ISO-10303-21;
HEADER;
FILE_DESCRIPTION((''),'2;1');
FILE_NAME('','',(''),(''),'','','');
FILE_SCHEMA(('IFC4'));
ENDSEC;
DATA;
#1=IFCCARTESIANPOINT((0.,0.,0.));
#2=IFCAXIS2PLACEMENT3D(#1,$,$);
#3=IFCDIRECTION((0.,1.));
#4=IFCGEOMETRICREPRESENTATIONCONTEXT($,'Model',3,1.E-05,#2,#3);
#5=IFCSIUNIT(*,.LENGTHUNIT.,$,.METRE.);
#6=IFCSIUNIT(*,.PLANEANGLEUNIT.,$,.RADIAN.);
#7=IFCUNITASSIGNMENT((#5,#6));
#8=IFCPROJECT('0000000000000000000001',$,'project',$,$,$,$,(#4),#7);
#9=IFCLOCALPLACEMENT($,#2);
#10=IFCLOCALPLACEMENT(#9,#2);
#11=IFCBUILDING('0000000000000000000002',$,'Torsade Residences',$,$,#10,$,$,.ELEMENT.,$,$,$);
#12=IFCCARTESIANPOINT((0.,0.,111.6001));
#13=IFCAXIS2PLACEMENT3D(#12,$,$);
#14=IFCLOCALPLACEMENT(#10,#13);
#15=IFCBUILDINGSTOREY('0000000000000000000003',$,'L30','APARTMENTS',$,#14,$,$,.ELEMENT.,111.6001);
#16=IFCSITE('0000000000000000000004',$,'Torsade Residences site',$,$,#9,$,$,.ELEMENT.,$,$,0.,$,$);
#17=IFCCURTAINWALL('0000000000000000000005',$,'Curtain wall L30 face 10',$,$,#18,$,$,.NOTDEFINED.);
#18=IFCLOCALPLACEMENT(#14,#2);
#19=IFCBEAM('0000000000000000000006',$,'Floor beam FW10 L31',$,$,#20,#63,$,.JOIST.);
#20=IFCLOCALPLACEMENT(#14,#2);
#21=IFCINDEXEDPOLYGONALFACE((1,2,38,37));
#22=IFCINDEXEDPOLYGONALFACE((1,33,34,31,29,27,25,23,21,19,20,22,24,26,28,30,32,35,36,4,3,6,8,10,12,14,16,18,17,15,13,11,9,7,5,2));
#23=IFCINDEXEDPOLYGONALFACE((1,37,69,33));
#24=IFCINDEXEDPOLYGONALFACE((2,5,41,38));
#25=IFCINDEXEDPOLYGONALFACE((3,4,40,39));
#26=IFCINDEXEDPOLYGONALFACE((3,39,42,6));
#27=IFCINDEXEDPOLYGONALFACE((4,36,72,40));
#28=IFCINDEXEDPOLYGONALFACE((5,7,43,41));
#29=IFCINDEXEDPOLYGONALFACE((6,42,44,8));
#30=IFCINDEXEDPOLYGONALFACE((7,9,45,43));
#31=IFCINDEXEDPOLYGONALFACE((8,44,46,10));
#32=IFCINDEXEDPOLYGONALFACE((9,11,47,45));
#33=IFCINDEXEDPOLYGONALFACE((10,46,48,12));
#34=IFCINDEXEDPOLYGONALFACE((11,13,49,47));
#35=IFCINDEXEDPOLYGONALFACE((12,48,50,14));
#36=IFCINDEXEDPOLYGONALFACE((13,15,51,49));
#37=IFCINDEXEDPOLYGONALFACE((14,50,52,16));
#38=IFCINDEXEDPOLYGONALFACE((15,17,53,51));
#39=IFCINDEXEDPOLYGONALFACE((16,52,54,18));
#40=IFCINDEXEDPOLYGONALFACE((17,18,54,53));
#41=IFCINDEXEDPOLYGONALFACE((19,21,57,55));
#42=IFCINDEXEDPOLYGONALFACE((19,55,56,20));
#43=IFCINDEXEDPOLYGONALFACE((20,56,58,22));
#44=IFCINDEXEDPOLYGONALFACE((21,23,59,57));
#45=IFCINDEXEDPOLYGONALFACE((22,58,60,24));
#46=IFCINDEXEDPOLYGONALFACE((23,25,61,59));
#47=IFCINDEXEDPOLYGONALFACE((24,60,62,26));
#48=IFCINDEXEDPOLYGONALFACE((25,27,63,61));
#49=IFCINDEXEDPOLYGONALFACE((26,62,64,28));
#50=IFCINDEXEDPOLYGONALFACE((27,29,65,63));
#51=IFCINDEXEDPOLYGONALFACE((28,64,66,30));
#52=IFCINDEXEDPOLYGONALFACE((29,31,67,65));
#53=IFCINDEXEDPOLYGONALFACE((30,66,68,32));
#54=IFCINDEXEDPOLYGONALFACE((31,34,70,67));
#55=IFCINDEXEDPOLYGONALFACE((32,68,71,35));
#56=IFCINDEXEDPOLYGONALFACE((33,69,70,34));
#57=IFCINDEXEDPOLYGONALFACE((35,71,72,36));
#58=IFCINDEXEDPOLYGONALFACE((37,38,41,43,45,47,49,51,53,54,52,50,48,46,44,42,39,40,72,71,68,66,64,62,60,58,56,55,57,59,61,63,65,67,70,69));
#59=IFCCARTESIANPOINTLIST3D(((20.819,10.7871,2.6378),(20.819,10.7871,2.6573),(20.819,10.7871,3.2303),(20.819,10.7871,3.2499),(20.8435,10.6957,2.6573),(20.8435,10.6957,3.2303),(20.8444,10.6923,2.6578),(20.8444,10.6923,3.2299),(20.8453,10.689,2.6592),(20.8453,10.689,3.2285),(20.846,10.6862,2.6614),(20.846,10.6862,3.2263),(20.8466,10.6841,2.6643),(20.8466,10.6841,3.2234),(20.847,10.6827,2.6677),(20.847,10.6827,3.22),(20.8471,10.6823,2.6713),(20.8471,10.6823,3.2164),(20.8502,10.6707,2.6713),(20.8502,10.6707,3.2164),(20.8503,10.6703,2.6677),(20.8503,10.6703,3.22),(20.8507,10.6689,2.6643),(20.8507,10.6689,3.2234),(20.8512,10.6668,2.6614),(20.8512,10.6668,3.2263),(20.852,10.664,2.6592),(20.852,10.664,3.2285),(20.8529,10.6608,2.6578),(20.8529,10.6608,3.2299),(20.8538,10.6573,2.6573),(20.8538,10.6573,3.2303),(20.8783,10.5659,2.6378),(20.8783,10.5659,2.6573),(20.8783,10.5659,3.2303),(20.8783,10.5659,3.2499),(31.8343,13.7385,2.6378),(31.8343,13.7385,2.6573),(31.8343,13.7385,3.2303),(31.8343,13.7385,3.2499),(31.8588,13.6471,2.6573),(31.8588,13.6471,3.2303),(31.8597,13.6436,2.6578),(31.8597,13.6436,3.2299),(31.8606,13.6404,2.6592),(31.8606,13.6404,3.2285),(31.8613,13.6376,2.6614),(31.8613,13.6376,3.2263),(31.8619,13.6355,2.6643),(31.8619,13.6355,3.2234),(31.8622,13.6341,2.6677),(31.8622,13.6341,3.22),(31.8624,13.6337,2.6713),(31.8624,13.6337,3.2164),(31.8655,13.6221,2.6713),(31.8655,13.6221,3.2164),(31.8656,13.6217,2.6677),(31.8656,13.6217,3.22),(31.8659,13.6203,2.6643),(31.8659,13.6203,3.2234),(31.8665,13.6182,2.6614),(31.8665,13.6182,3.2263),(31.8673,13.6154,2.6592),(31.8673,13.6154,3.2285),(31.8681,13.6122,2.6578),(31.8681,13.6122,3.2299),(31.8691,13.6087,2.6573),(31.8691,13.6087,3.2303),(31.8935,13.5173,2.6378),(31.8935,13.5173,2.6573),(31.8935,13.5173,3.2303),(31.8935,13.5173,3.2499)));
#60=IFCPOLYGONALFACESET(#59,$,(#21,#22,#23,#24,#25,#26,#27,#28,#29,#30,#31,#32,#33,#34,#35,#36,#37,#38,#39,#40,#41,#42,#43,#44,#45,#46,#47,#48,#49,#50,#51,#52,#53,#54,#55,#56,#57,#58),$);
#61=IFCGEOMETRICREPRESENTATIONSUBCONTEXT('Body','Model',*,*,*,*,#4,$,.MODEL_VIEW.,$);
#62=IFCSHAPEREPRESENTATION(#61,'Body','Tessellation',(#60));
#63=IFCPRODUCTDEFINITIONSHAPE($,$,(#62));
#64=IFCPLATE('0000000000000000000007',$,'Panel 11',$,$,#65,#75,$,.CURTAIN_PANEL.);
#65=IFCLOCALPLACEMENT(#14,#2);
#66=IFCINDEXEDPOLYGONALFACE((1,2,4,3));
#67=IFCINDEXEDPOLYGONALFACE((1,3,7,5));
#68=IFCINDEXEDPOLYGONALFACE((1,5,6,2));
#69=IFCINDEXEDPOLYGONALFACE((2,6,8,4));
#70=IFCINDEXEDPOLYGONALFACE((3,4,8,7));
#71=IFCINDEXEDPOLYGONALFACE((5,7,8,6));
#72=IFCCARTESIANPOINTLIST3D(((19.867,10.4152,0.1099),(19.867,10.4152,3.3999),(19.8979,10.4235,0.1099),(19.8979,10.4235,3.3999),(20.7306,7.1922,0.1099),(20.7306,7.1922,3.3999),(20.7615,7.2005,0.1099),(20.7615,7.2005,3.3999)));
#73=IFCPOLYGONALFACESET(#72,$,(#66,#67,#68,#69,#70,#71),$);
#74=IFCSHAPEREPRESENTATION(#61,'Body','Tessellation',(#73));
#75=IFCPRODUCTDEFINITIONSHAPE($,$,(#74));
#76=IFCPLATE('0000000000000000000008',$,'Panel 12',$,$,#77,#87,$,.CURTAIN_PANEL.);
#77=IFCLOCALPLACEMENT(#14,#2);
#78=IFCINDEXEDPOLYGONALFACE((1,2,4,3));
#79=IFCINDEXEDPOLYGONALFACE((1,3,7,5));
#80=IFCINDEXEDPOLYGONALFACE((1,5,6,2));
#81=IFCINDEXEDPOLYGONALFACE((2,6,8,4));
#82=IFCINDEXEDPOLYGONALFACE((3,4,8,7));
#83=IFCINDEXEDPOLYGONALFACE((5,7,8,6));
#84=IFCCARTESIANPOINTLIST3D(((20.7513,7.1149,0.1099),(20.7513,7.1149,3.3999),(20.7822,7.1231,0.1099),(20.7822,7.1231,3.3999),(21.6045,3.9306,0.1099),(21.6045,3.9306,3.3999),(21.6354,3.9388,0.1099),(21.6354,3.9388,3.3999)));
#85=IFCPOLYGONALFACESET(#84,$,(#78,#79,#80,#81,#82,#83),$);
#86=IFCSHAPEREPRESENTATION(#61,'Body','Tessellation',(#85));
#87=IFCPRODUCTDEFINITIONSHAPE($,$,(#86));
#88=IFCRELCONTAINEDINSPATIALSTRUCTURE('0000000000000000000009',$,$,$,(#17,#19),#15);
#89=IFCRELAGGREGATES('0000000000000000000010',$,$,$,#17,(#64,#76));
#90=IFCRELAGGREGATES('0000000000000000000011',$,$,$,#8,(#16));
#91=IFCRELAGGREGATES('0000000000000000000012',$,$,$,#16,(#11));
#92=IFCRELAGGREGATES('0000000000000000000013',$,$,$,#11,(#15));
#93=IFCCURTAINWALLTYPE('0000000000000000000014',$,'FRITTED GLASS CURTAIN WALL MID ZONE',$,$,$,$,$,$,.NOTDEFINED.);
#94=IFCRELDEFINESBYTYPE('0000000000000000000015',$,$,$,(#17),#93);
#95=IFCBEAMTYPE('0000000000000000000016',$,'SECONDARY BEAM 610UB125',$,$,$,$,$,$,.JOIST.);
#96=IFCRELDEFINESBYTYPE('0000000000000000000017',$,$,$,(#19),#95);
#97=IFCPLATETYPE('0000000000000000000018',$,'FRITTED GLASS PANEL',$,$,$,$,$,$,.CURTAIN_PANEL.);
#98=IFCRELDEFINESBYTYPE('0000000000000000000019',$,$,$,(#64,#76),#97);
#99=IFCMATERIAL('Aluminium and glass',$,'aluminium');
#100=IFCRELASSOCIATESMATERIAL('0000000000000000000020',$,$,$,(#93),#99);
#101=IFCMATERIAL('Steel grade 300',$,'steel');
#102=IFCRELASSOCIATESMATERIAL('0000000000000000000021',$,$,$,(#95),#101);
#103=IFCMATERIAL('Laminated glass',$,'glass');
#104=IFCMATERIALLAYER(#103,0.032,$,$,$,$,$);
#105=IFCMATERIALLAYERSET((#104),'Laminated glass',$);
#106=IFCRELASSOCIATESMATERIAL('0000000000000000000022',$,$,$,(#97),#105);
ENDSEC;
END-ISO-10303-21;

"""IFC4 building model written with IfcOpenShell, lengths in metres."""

from ifc_helpers import new_model, si_unit, direction, frame, origin, origin_2d, place, context, subcontext, project, spatial, rectangle, i_section, extrude, material, layer, layer_set, material_profile, profile_set, type_object, element, aggregate, save


model = new_model("IFC4")

# Units and contexts
model_context = context("Model", 3, precision=1e-05, world=origin(), true_north=direction((0.0, 1.0)))
body_context = subcontext(model_context, "Body", "Model", "MODEL_VIEW")
ifc_project = project(units=[si_unit("LENGTHUNIT", "METRE"), si_unit("PLANEANGLEUNIT", "RADIAN")], contexts=[model_context])

# Site, building, storey
site_placement = place(None, origin())
site = spatial("IfcSite", under=ifc_project, at=site_placement, Name="Torsade Residences site", CompositionType="ELEMENT", RefElevation=0.0)
building_placement = place(site_placement, origin())
building = spatial("IfcBuilding", under=site, at=building_placement, Name="Torsade Residences", CompositionType="ELEMENT")
storey_placement = place(building_placement, frame((0.0, 0.0, 111.6001)))
storey = spatial("IfcBuildingStorey", under=building, at=storey_placement, Name="L30", Description="APARTMENTS", CompositionType="ELEMENT", Elevation=111.6001)

# Curtain wall
ifc_material_1 = material(Name="Aluminium and glass", Category="aluminium")
curtain_wall_type = type_object("IfcCurtainWallType", Name="FRITTED GLASS CURTAIN WALL MID ZONE", PredefinedType="NOTDEFINED", material=ifc_material_1)
curtain_wall_placement = place(storey_placement, origin())
curtain_wall = element("IfcCurtainWall", 1, at=curtain_wall_placement, inside=storey, type_object=curtain_wall_type, Name="Curtain wall L30 face 10", PredefinedType="NOTDEFINED")

# Beam
ifc_material_2 = material(Name="Steel grade 300", Category="steel")
ifc_material_profile_1 = material_profile(ifc_material_2, i_section(OverallWidth=0.229, OverallDepth=0.6121, WebThickness=0.012, FlangeThickness=0.0195, FilletRadius=0.0139, at=origin_2d()), Name="610UB125")
ifc_profile_set_1 = profile_set([ifc_material_profile_1], Name="Steel grade 300")
beam_type_1 = type_object("IfcBeamType", Name="SECONDARY BEAM 610UB125", PredefinedType="JOIST", material=ifc_profile_set_1)
beam_1_placement = place(storey_placement, frame((20.8486, 10.6765, 2.9438), z_axis=(0.965929, 0.258807, 0.0), x_axis=(-0.258807, 0.965929, 0.0)))
element("IfcBeam", 2, at=beam_1_placement, inside=storey, type_object=beam_type_1, Name="Floor beam FW10 L31", PredefinedType="JOIST", context=body_context, shape_type="SweptSolid", body=[
    extrude(i_section(OverallWidth=0.229, OverallDepth=0.6121, WebThickness=0.012, FlangeThickness=0.0195, FilletRadius=0.0139, at=origin_2d()), origin(), (0.0, 0.0, 1.0), 11.4038),
])

# Plates
ifc_material_3 = material(Name="Laminated glass", Category="glass")
ifc_layer_1 = layer(ifc_material_3, 0.032)
ifc_layer_set_1 = layer_set([ifc_layer_1], Name="Laminated glass")
plate_type = type_object("IfcPlateType", Name="FRITTED GLASS PANEL", PredefinedType="CURTAIN_PANEL", material=ifc_layer_set_1)
plate_1_placement = place(storey_placement, frame((20.3142, 8.8079, 0.1099), z_axis=(0.0, 0.0, 1.0), x_axis=(0.258819, -0.965926, 0.0)))
plate_1 = element("IfcPlate", 3, at=plate_1_placement, type_object=plate_type, Name="Panel 11", PredefinedType="CURTAIN_PANEL", context=body_context, shape_type="SweptSolid", body=[
    extrude(rectangle(XDim=3.3367, YDim=0.032, at=origin_2d()), origin(), (0.0, 0.0, 1.0), 3.29),
])
plate_2_placement = place(storey_placement, frame((21.1934, 5.5269, 0.1099), z_axis=(0.0, 0.0, 1.0), x_axis=(0.258819, -0.965926, 0.0)))
plate_2 = element("IfcPlate", 4, at=plate_2_placement, type_object=plate_type, Name="Panel 12", PredefinedType="CURTAIN_PANEL", context=body_context, shape_type="SweptSolid", body=[
    extrude(rectangle(XDim=3.2966, YDim=0.032, at=origin_2d()), origin(), (0.0, 0.0, 1.0), 3.29),
])
aggregate(curtain_wall, [plate_1, plate_2])

save(model, "model.ifc")
